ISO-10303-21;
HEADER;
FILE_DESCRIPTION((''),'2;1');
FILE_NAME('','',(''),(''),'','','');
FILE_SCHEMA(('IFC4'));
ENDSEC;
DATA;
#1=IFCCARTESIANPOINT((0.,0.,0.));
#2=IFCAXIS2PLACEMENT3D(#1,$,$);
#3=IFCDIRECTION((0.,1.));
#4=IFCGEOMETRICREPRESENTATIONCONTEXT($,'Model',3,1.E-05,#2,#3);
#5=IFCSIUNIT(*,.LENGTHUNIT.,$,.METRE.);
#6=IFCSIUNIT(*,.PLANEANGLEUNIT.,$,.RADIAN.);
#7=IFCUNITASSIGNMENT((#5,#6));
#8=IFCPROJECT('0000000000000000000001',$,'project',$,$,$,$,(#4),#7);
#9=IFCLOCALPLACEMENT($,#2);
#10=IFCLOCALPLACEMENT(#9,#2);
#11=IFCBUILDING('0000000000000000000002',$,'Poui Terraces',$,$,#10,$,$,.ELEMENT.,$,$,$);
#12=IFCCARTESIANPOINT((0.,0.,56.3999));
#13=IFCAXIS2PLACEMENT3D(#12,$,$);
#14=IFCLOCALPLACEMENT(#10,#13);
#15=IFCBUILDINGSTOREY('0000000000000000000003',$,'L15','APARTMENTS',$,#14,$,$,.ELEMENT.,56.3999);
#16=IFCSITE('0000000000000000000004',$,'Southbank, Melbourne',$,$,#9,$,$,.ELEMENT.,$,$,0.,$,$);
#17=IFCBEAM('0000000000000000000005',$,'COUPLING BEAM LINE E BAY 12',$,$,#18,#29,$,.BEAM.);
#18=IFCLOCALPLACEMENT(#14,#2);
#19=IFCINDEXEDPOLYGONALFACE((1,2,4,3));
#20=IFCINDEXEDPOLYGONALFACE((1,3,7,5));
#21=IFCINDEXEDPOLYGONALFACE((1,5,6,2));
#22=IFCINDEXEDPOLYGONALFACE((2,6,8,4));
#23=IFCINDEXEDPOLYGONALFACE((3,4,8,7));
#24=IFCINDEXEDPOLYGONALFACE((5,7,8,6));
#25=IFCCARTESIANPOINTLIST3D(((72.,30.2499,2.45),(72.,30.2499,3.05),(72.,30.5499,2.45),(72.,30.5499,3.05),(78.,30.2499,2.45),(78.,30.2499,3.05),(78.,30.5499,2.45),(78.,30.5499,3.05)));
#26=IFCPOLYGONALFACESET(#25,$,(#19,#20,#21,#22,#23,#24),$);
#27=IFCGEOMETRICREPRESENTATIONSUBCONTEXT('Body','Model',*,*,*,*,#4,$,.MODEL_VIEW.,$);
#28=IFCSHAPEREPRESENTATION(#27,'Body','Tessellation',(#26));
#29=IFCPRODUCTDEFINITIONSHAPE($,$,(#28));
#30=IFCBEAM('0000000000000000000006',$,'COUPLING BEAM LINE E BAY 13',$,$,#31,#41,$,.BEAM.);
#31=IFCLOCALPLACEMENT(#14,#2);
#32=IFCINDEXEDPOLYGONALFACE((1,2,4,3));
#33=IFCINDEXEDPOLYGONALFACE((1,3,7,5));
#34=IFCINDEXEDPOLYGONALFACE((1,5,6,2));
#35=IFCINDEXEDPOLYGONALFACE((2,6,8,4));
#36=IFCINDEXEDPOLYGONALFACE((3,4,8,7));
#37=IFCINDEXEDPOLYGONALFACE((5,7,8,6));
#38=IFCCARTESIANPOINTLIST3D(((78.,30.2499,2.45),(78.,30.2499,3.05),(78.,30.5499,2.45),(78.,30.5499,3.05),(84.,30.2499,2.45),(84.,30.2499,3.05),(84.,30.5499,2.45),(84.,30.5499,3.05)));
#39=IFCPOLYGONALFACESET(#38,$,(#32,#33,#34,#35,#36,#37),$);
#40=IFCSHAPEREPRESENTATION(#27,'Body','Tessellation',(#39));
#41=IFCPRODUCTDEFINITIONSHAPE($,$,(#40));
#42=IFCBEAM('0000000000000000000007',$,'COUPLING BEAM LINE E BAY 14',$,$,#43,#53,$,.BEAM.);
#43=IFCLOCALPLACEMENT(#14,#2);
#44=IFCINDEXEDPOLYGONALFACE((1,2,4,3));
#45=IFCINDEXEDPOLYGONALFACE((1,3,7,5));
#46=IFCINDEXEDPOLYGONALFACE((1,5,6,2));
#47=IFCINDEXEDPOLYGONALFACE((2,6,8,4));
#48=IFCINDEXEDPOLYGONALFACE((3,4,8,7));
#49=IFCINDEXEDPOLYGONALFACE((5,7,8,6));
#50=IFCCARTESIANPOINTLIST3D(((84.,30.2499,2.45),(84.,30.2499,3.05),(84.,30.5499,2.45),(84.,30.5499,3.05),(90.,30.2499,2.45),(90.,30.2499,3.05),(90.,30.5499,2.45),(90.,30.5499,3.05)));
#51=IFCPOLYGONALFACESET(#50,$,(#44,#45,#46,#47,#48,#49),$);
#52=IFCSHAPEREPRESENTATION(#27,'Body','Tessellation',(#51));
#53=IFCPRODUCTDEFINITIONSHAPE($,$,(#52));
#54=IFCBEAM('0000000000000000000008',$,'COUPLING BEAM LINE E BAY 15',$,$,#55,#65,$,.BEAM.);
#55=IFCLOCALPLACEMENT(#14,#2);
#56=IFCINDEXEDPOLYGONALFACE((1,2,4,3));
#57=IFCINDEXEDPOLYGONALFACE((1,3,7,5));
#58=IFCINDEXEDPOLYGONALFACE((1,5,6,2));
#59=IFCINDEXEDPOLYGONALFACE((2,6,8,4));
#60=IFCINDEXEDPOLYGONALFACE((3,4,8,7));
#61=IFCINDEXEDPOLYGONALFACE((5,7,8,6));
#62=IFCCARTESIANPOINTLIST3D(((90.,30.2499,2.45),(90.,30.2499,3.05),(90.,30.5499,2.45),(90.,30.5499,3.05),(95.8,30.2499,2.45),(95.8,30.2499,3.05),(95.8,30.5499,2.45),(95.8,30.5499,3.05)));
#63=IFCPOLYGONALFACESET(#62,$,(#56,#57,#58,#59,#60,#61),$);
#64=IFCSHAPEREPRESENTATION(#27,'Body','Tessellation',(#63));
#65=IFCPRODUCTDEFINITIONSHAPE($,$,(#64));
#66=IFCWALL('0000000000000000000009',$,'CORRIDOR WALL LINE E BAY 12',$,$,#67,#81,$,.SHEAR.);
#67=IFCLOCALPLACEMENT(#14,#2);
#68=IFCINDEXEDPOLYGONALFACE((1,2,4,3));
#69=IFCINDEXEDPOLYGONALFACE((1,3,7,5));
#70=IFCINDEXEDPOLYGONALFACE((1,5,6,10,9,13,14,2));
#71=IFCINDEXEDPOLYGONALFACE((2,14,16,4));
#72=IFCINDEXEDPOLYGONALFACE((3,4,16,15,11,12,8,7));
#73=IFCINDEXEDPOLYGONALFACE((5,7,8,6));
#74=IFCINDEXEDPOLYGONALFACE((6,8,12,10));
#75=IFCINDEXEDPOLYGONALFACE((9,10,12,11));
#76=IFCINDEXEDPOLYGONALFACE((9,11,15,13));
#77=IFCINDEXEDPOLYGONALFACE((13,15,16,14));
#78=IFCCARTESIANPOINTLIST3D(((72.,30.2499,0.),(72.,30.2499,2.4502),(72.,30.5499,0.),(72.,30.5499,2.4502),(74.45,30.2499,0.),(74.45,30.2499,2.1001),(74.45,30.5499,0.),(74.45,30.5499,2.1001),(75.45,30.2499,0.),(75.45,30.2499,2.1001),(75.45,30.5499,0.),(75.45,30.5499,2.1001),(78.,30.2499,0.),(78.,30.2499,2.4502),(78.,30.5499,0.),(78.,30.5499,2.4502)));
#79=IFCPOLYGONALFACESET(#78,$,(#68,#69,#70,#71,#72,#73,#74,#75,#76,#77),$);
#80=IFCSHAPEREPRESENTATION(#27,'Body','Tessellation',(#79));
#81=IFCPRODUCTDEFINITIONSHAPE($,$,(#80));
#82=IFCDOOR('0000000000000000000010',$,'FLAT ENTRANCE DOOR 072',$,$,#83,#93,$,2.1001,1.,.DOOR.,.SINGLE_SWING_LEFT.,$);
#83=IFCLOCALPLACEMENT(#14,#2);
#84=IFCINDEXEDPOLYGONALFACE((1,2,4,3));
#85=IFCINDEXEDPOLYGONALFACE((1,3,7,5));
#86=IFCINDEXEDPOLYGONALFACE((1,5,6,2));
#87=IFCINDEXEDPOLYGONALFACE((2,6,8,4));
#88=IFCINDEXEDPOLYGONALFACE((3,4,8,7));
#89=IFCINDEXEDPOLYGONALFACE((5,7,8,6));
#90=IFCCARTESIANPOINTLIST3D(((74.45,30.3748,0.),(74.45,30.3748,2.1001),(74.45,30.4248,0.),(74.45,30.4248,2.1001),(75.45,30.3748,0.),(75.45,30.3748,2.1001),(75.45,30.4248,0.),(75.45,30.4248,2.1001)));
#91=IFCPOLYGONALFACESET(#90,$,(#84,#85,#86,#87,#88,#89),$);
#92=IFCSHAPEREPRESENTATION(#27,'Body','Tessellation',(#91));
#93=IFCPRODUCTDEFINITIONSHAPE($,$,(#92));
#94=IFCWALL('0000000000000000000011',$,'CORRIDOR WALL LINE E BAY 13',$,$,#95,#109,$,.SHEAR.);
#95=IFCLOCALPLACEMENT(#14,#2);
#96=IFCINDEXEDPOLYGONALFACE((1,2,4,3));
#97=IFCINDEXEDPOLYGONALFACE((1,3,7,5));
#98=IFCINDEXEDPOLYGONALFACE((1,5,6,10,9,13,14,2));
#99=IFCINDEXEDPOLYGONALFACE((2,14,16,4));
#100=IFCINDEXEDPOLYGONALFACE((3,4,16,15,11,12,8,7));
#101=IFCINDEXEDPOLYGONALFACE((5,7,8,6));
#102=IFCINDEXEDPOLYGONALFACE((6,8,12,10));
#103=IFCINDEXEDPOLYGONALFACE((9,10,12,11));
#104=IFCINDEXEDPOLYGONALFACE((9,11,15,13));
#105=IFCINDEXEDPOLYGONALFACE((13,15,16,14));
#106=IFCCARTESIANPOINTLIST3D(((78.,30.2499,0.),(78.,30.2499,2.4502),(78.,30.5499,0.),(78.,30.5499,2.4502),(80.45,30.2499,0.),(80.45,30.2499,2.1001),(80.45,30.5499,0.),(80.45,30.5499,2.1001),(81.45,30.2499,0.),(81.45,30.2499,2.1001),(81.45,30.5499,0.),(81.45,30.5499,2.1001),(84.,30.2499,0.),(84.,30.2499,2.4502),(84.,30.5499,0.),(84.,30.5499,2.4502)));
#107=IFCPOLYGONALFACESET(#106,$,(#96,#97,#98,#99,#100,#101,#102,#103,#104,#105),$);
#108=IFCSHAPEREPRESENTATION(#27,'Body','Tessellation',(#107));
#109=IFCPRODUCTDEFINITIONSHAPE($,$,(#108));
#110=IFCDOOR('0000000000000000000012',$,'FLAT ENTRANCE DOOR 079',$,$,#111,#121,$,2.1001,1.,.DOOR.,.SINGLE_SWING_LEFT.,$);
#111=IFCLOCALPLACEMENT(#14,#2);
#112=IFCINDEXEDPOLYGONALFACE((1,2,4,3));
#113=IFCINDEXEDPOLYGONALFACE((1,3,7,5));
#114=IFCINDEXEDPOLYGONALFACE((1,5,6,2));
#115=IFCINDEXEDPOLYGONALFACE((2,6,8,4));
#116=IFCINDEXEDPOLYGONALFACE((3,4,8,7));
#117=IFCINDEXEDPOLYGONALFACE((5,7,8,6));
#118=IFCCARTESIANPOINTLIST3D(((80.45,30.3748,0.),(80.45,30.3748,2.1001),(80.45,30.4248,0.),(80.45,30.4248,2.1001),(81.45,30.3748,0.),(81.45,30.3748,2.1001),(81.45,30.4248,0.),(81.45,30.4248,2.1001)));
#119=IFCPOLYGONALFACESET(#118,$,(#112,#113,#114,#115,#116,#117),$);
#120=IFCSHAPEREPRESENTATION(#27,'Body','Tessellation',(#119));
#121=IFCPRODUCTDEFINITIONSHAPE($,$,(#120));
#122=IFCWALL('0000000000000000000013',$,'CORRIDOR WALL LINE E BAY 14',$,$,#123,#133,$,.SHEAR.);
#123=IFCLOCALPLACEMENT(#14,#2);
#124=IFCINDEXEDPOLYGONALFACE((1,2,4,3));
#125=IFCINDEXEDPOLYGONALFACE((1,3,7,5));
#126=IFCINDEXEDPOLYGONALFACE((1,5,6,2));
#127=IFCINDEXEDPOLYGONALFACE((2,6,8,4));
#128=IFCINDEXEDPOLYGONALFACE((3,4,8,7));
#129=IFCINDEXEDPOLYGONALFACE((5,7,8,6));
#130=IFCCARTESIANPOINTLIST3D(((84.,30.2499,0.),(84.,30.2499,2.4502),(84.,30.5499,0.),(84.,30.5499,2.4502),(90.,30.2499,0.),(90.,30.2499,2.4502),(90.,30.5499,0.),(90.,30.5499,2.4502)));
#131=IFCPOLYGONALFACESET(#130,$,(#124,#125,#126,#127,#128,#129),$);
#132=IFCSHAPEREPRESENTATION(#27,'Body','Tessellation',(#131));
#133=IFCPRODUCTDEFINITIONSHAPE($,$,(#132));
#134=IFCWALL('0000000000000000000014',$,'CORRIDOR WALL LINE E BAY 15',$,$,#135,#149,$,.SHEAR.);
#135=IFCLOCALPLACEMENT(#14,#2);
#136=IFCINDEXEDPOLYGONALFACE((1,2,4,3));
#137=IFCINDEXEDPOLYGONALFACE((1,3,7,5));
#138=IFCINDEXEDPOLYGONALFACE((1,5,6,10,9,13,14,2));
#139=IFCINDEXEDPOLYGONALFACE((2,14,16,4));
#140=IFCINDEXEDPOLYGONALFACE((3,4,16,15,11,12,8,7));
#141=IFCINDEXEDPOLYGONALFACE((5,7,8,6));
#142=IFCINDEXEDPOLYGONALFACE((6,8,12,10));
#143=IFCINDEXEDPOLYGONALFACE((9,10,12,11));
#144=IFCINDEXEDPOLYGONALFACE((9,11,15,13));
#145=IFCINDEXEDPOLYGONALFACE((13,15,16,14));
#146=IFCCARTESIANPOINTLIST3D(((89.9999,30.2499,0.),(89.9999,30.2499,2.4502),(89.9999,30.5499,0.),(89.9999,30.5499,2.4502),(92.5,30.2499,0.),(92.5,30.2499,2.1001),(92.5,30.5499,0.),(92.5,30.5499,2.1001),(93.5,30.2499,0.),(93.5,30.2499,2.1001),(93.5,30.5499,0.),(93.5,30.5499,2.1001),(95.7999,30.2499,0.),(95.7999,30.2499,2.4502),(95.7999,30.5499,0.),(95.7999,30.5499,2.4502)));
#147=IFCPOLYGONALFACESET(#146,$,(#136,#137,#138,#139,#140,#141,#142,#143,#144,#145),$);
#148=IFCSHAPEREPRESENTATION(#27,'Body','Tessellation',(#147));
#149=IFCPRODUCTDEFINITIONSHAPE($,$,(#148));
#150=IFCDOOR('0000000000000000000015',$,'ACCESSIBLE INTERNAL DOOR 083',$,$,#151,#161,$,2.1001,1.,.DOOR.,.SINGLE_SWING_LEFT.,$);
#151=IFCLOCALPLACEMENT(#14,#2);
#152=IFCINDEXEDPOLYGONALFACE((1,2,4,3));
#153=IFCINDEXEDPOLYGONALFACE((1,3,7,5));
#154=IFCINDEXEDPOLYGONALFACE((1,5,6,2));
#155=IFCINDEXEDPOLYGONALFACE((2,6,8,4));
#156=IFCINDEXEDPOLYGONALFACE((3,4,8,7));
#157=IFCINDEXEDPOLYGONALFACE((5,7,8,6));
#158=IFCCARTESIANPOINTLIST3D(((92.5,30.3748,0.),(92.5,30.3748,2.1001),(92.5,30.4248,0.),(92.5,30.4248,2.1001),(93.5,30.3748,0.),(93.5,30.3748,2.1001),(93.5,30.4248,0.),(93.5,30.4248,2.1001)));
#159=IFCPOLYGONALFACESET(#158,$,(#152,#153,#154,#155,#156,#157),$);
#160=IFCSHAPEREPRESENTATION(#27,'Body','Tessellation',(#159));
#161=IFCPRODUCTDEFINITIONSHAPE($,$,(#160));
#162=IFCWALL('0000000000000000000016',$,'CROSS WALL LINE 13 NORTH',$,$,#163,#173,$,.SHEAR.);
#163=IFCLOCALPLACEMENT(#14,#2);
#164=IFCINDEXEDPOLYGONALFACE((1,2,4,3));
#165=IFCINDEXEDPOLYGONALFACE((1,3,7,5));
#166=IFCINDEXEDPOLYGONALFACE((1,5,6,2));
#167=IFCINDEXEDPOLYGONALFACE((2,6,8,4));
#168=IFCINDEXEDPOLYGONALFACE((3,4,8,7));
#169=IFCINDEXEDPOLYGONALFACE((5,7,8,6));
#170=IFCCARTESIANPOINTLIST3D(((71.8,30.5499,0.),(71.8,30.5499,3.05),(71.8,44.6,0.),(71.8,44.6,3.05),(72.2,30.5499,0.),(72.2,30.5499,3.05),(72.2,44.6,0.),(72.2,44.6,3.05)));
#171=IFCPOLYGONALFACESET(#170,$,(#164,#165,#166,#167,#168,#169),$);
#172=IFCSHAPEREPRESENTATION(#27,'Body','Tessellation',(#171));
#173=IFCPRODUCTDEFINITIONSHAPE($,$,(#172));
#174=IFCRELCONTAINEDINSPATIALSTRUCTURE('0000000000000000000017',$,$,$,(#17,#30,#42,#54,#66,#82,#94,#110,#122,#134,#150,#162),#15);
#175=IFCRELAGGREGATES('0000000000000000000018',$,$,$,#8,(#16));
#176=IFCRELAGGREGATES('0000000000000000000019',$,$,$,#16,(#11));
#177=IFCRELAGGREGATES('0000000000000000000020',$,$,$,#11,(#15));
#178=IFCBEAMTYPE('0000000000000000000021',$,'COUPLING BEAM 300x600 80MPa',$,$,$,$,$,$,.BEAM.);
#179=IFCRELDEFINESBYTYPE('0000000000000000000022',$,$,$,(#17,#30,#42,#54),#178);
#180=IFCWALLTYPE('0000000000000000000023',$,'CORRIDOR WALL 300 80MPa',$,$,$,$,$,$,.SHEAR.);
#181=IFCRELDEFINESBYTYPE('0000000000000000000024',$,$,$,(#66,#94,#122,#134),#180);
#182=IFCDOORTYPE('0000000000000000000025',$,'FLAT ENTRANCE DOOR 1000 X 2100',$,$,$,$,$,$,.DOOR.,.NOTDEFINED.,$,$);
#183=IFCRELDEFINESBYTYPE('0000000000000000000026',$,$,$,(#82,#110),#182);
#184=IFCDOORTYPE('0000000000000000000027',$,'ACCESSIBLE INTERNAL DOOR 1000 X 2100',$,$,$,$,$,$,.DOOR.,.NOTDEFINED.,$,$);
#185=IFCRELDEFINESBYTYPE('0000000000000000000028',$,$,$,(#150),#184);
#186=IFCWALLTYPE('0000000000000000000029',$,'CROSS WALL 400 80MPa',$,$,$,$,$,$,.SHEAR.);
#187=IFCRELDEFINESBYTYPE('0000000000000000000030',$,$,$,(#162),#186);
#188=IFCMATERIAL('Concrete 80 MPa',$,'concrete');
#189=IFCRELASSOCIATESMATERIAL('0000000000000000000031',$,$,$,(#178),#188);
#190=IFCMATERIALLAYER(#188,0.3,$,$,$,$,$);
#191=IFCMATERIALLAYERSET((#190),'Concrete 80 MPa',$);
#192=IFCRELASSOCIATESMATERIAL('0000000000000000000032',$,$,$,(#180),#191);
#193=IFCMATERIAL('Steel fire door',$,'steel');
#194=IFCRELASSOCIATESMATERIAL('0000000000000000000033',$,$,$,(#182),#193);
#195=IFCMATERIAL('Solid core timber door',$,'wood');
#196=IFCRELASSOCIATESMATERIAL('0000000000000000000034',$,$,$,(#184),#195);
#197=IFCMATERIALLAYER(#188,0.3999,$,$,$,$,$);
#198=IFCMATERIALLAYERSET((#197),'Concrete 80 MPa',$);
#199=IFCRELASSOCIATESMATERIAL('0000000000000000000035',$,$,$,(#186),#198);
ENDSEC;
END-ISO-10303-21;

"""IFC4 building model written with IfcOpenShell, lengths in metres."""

from ifc_helpers import new_model, si_unit, direction, frame, frame_2d, origin, origin_2d, place, context, subcontext, project, spatial, rectangle, extrude, source, transform, mapped, material, layer, layer_set, material_profile, profile_set, type_object, element, fill, save


model = new_model("IFC4")

# Units and contexts
model_context = context("Model", 3, precision=1e-05, world=origin(), true_north=direction((0.0, 1.0)))
body_context = subcontext(model_context, "Body", "Model", "MODEL_VIEW")
ifc_project = project(units=[si_unit("LENGTHUNIT", "METRE"), si_unit("PLANEANGLEUNIT", "RADIAN")], contexts=[model_context])

# Site, building, storey
site_placement = place(None, origin())
site = spatial("IfcSite", under=ifc_project, at=site_placement, Name="Southbank, Melbourne", CompositionType="ELEMENT", RefElevation=0.0)
building_placement = place(site_placement, origin())
building = spatial("IfcBuilding", under=site, at=building_placement, Name="Poui Terraces", CompositionType="ELEMENT")
storey_placement = place(building_placement, frame((0.0, 0.0, 56.3999)))
storey = spatial("IfcBuildingStorey", under=building, at=storey_placement, Name="L15", Description="APARTMENTS", CompositionType="ELEMENT", Elevation=56.3999)

# Beams
ifc_material_1 = material(Name="Concrete 80 MPa", Category="concrete")
ifc_material_profile = material_profile(ifc_material_1, rectangle(XDim=0.3, YDim=0.6001, at=origin_2d()), Name="RC 300x600")
ifc_profile_set = profile_set([ifc_material_profile], Name="Concrete 80 MPa")
beam_type = type_object("IfcBeamType", Name="COUPLING BEAM 300x600 80MPa", PredefinedType="BEAM", material=ifc_profile_set)
shared_shape_1 = source(origin(), body_context, "Body", "SweptSolid", [
    extrude(rectangle(XDim=0.3, YDim=0.6001, at=origin_2d()), origin(), (0.0, 0.0, 1.0), 6.0),
])
for number, where, z_axis, x_axis, name in (
    (1, (72.0, 30.3999, 2.75), (1.0, 0.0, 0.0), (0.0, 1.0, 0.0), "COUPLING BEAM LINE E BAY 12"),
    (2, (78.0, 30.3999, 2.75), (1.0, 0.0, 0.0), (0.0, 1.0, 0.0), "COUPLING BEAM LINE E BAY 13"),
    (3, (84.0, 30.3999, 2.75), (1.0, 0.0, 0.0), (0.0, 1.0, 0.0), "COUPLING BEAM LINE E BAY 14"),
):
    element("IfcBeam", number, at=place(storey_placement, frame(where, z_axis=z_axis, x_axis=x_axis)), inside=storey, type_object=beam_type, Name=name, PredefinedType="BEAM", context=body_context, shape_type="MappedRepresentation", body=[
        mapped(shared_shape_1, transform((0.0, 0.0, 0.0))),
    ])
shared_shape_2 = source(origin(), body_context, "Body", "SweptSolid", [
    extrude(rectangle(XDim=0.3, YDim=0.6001, at=origin_2d()), origin(), (0.0, 0.0, 1.0), 5.8),
])
beam_placement = place(storey_placement, frame((90.0, 30.3999, 2.75), z_axis=(1.0, 0.0, 0.0), x_axis=(0.0, 1.0, 0.0)))
element("IfcBeam", 4, at=beam_placement, inside=storey, type_object=beam_type, Name="COUPLING BEAM LINE E BAY 15", PredefinedType="BEAM", context=body_context, shape_type="MappedRepresentation", body=[
    mapped(shared_shape_2, transform((0.0, 0.0, 0.0))),
])

# Walls, openings, doors
ifc_layer_1 = layer(ifc_material_1, 0.3)
ifc_layer_set_1 = layer_set([ifc_layer_1], Name="Concrete 80 MPa")
wall_type_1 = type_object("IfcWallType", Name="CORRIDOR WALL 300 80MPa", PredefinedType="SHEAR", material=ifc_layer_set_1)
wall_1_placement = place(storey_placement, frame((72.0, 30.3999, 0.0), z_axis=(0.0, 0.0, 1.0), x_axis=(1.0, 0.0, 0.0)))
wall_1 = element("IfcWall", 5, at=wall_1_placement, inside=storey, type_object=wall_type_1, Name="CORRIDOR WALL LINE E BAY 12", PredefinedType="SHEAR", context=body_context, shape_type="SweptSolid", body=[
    extrude(rectangle(XDim=6.0, YDim=0.3, at=frame_2d((3.0, 0.0))), origin(), (0.0, 0.0, 1.0), 2.4502),
])
opening_1_placement = place(wall_1_placement, frame((2.45, 0.0, 0.0)))
opening_1 = element("IfcOpeningElement", 6, at=opening_1_placement, cuts=wall_1, PredefinedType="OPENING", context=body_context, shape_type="SweptSolid", body=[
    extrude(rectangle(XDim=1.0, YDim=2.1001, at=frame_2d((0.5, 1.05))), frame((0.0, 0.1602, 0.0), z_axis=(0.0, -1.0, 0.0), x_axis=(1.0, 0.0, 0.0)), (0.0, 0.0, 1.0), 0.3201),
])
ifc_material_2 = material(Name="Steel fire door", Category="steel")
door_type_1 = type_object("IfcDoorType", Name="FLAT ENTRANCE DOOR 1000 X 2100", OperationType="NOTDEFINED", PredefinedType="DOOR", material=ifc_material_2)
door_1_placement = place(opening_1_placement, origin())
door_1 = element("IfcDoor", 7, at=door_1_placement, inside=storey, type_object=door_type_1, Name="FLAT ENTRANCE DOOR 072", OperationType="SINGLE_SWING_LEFT", OverallHeight=2.1001, OverallWidth=1.0, PredefinedType="DOOR", context=body_context, shape_type="SweptSolid", body=[
    extrude(rectangle(XDim=1.0, YDim=2.1001, at=frame_2d((0.5, 1.05))), frame((0.0, 0.0249, 0.0), z_axis=(0.0, -1.0, 0.0), x_axis=(1.0, 0.0, 0.0)), (0.0, 0.0, 1.0), 0.05),
])
fill(opening_1, door_1)
wall_2_placement = place(storey_placement, frame((78.0, 30.3999, 0.0), z_axis=(0.0, 0.0, 1.0), x_axis=(1.0, 0.0, 0.0)))
wall_2 = element("IfcWall", 8, at=wall_2_placement, inside=storey, type_object=wall_type_1, Name="CORRIDOR WALL LINE E BAY 13", PredefinedType="SHEAR", context=body_context, shape_type="SweptSolid", body=[
    extrude(rectangle(XDim=6.0, YDim=0.3, at=frame_2d((3.0, 0.0))), origin(), (0.0, 0.0, 1.0), 2.4502),
])
opening_2_placement = place(wall_2_placement, frame((2.45, 0.0, 0.0)))
opening_2 = element("IfcOpeningElement", 9, at=opening_2_placement, cuts=wall_2, PredefinedType="OPENING", context=body_context, shape_type="SweptSolid", body=[
    extrude(rectangle(XDim=1.0, YDim=2.1001, at=frame_2d((0.5, 1.05))), frame((0.0, 0.1602, 0.0), z_axis=(0.0, -1.0, 0.0), x_axis=(1.0, 0.0, 0.0)), (0.0, 0.0, 1.0), 0.3201),
])
door_2_placement = place(opening_2_placement, origin())
door_2 = element("IfcDoor", 10, at=door_2_placement, inside=storey, type_object=door_type_1, Name="FLAT ENTRANCE DOOR 079", OperationType="SINGLE_SWING_LEFT", OverallHeight=2.1001, OverallWidth=1.0, PredefinedType="DOOR", context=body_context, shape_type="SweptSolid", body=[
    extrude(rectangle(XDim=1.0, YDim=2.1001, at=frame_2d((0.5, 1.05))), frame((0.0, 0.0249, 0.0), z_axis=(0.0, -1.0, 0.0), x_axis=(1.0, 0.0, 0.0)), (0.0, 0.0, 1.0), 0.05),
])
fill(opening_2, door_2)

# Wall
wall_3_placement = place(storey_placement, frame((84.0, 30.3999, 0.0), z_axis=(0.0, 0.0, 1.0), x_axis=(1.0, 0.0, 0.0)))
element("IfcWall", 11, at=wall_3_placement, inside=storey, type_object=wall_type_1, Name="CORRIDOR WALL LINE E BAY 14", PredefinedType="SHEAR", context=body_context, shape_type="SweptSolid", body=[
    extrude(rectangle(XDim=6.0, YDim=0.3, at=frame_2d((3.0, 0.0))), origin(), (0.0, 0.0, 1.0), 2.4502),
])

# Wall, opening, door
wall_4_placement = place(storey_placement, frame((90.0, 30.3999, 0.0), z_axis=(0.0, 0.0, 1.0), x_axis=(1.0, 0.0, 0.0)))
wall_4 = element("IfcWall", 12, at=wall_4_placement, inside=storey, type_object=wall_type_1, Name="CORRIDOR WALL LINE E BAY 15", PredefinedType="SHEAR", context=body_context, shape_type="SweptSolid", body=[
    extrude(rectangle(XDim=5.8, YDim=0.3, at=frame_2d((2.8999, 0.0))), origin(), (0.0, 0.0, 1.0), 2.4502),
])
opening_3_placement = place(wall_4_placement, frame((2.5, 0.0, 0.0)))
opening_3 = element("IfcOpeningElement", 13, at=opening_3_placement, cuts=wall_4, PredefinedType="OPENING", context=body_context, shape_type="SweptSolid", body=[
    extrude(rectangle(XDim=1.0, YDim=2.1001, at=frame_2d((0.5, 1.05))), frame((0.0, 0.1602, 0.0), z_axis=(0.0, -1.0, 0.0), x_axis=(1.0, 0.0, 0.0)), (0.0, 0.0, 1.0), 0.3201),
])
ifc_material_3 = material(Name="Solid core timber door", Category="wood")
door_type_2 = type_object("IfcDoorType", Name="ACCESSIBLE INTERNAL DOOR 1000 X 2100", OperationType="NOTDEFINED", PredefinedType="DOOR", material=ifc_material_3)
door_3_placement = place(opening_3_placement, origin())
door_3 = element("IfcDoor", 14, at=door_3_placement, inside=storey, type_object=door_type_2, Name="ACCESSIBLE INTERNAL DOOR 083", OperationType="SINGLE_SWING_LEFT", OverallHeight=2.1001, OverallWidth=1.0, PredefinedType="DOOR", context=body_context, shape_type="SweptSolid", body=[
    extrude(rectangle(XDim=1.0, YDim=2.1001, at=frame_2d((0.5, 1.05))), frame((0.0, 0.0249, 0.0), z_axis=(0.0, -1.0, 0.0), x_axis=(1.0, 0.0, 0.0)), (0.0, 0.0, 1.0), 0.05),
])
fill(opening_3, door_3)

# Wall
ifc_layer_2 = layer(ifc_material_1, 0.3999)
ifc_layer_set_2 = layer_set([ifc_layer_2], Name="Concrete 80 MPa")
wall_type_2 = type_object("IfcWallType", Name="CROSS WALL 400 80MPa", PredefinedType="SHEAR", material=ifc_layer_set_2)
wall_5_placement = place(storey_placement, frame((72.0, 30.55, 0.0), z_axis=(0.0, 0.0, 1.0), x_axis=(0.0, 1.0, 0.0)))
element("IfcWall", 15, at=wall_5_placement, inside=storey, type_object=wall_type_2, Name="CROSS WALL LINE 13 NORTH", PredefinedType="SHEAR", context=body_context, shape_type="SweptSolid", body=[
    extrude(rectangle(XDim=14.05, YDim=0.3999, at=frame_2d((7.0249, 0.0))), origin(), (0.0, 0.0, 1.0), 3.05),
])

save(model, "model.ifc")
